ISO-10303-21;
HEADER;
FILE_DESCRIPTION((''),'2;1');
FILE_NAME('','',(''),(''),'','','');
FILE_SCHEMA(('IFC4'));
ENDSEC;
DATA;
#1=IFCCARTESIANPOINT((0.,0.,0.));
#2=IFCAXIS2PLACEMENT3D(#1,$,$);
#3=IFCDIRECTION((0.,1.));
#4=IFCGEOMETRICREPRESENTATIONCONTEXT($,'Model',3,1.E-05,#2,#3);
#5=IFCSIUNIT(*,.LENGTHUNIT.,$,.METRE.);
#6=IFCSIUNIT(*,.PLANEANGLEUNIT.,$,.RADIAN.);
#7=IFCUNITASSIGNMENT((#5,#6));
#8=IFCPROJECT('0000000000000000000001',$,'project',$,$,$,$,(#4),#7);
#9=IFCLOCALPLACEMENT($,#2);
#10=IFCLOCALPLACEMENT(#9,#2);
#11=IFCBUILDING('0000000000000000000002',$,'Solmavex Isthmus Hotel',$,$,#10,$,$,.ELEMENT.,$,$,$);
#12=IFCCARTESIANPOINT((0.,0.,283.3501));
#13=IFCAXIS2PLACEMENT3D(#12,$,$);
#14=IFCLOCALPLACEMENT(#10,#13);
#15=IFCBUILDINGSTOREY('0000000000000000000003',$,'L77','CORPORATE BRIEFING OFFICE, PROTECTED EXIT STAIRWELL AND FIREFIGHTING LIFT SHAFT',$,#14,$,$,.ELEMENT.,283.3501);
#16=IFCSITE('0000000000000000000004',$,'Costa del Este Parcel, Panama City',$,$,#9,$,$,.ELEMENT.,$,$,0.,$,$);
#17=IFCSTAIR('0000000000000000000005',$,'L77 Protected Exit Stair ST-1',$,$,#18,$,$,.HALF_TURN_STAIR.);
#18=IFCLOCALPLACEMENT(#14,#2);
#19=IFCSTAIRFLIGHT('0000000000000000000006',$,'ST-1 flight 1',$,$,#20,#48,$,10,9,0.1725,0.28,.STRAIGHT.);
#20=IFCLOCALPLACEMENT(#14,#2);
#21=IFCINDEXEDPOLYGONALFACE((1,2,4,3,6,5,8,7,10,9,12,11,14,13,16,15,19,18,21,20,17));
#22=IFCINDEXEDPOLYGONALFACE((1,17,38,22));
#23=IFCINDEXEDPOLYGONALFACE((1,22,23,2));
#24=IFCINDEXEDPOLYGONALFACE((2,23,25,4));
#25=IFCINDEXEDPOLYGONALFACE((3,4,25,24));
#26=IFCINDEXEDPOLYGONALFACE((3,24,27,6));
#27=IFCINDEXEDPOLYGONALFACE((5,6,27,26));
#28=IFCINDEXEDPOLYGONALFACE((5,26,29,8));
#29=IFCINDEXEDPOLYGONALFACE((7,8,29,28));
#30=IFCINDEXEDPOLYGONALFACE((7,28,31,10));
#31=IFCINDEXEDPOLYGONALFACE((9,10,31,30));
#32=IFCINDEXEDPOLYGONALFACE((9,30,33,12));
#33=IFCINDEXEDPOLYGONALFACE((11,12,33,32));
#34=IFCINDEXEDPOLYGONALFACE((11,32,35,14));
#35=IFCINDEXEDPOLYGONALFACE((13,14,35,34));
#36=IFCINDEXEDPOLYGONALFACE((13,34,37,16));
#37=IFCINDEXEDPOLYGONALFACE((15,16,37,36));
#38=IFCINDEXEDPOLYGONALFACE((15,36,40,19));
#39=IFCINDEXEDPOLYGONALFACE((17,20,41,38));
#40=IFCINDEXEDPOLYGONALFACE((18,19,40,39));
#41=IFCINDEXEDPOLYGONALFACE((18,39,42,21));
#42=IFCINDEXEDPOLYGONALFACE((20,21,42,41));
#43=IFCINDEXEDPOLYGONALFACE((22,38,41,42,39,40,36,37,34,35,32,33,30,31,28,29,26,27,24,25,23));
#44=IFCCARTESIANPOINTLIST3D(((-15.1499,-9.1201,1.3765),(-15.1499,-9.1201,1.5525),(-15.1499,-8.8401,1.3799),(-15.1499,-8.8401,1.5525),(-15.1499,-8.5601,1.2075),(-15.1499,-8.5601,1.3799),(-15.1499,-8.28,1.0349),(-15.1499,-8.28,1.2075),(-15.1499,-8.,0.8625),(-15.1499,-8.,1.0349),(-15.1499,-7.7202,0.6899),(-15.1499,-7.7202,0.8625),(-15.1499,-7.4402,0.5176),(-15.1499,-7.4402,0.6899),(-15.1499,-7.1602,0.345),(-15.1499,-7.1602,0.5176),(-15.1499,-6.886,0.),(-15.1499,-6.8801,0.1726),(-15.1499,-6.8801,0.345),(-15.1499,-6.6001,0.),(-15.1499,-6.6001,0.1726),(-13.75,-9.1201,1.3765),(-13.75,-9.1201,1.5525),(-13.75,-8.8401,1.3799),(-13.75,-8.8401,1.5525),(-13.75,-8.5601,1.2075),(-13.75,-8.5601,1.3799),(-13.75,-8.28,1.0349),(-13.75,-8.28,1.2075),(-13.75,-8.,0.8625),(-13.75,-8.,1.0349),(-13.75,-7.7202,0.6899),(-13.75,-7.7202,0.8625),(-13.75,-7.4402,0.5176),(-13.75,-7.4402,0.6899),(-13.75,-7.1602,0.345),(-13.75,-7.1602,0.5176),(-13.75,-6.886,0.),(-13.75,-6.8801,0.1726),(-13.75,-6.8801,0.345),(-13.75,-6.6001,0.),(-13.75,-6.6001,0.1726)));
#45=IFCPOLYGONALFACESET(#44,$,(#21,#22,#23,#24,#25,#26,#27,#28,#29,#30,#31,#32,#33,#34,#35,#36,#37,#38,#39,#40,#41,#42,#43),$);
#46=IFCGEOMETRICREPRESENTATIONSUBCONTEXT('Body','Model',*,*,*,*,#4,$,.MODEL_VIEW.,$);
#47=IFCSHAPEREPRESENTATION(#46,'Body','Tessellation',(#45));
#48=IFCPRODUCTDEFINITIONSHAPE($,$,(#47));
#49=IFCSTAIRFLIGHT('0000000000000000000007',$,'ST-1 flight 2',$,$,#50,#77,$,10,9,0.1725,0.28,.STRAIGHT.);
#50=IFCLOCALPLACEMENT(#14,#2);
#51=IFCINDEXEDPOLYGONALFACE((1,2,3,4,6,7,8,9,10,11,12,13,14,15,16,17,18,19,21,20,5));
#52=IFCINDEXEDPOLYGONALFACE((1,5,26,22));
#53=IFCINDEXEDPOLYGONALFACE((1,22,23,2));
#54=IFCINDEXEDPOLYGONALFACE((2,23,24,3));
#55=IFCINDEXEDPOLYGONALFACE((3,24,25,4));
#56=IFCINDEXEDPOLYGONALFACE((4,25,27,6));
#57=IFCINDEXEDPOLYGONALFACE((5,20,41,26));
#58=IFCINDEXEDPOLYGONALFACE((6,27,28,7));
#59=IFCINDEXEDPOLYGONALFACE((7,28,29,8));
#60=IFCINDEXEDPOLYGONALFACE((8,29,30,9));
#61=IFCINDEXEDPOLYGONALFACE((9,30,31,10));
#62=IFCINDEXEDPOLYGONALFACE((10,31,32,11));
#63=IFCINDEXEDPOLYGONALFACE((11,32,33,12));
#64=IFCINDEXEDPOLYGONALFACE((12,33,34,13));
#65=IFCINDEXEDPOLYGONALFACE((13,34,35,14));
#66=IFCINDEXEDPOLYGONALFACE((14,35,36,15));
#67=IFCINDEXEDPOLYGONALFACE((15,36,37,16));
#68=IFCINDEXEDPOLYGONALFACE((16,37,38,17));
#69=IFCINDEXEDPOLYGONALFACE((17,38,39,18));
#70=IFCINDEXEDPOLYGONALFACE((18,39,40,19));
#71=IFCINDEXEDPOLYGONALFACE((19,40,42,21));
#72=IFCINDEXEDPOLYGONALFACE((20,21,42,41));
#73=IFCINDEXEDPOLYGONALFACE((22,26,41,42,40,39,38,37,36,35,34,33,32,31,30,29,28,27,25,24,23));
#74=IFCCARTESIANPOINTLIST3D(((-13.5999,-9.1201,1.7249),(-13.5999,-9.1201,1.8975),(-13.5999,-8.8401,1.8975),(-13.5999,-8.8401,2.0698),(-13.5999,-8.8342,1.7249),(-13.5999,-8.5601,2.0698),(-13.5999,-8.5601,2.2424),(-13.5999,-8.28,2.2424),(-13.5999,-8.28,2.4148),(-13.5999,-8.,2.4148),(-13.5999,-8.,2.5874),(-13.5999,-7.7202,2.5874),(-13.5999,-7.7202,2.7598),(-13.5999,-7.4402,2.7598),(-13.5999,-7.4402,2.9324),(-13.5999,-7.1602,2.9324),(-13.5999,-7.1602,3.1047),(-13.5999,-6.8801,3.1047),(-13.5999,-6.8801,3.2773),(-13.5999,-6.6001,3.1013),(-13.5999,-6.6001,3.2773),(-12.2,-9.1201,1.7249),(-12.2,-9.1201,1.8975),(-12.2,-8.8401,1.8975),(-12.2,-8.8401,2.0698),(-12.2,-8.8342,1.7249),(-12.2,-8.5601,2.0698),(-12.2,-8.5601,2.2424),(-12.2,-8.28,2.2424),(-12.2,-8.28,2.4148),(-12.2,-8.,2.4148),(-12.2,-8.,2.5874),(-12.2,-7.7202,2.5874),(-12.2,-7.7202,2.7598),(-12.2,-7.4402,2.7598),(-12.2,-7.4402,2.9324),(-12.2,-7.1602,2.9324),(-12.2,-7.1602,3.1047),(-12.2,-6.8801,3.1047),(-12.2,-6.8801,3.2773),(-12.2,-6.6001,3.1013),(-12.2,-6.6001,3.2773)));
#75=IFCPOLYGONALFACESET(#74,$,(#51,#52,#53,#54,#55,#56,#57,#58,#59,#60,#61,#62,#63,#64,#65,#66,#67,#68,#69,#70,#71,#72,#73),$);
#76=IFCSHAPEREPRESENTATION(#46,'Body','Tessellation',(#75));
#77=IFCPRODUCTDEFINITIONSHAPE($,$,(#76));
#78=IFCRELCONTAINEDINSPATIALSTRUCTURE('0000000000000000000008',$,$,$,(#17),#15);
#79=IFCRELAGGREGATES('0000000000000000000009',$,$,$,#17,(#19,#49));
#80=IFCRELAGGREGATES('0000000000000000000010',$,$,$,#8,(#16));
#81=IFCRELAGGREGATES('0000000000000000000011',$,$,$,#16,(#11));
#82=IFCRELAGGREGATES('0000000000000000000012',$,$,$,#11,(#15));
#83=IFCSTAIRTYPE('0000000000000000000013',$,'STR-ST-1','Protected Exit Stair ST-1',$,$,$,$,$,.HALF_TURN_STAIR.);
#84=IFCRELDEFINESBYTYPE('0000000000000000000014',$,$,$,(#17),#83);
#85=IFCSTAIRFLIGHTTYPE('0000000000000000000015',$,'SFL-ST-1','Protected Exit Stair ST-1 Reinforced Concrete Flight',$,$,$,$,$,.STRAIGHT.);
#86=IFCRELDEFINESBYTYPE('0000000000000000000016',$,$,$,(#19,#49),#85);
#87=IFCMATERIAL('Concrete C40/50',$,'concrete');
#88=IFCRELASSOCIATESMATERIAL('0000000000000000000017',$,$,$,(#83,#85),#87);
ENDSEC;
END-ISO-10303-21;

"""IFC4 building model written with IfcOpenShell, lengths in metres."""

from ifc_helpers import new_model, si_unit, direction, frame, origin, place, context, subcontext, project, spatial, polyline, outline, extrude, material, type_object, element, aggregate, save


model = new_model("IFC4")

# Units and contexts
model_context = context("Model", 3, precision=1e-05, world=origin(), true_north=direction((0.0, 1.0)))
body_context = subcontext(model_context, "Body", "Model", "MODEL_VIEW")
ifc_project = project(units=[si_unit("LENGTHUNIT", "METRE"), si_unit("PLANEANGLEUNIT", "RADIAN")], contexts=[model_context])

# Site, building, storey
site_placement = place(None, origin())
site = spatial("IfcSite", under=ifc_project, at=site_placement, Name="Costa del Este Parcel, Panama City", CompositionType="ELEMENT", RefElevation=0.0)
building_placement = place(site_placement, origin())
building = spatial("IfcBuilding", under=site, at=building_placement, Name="Solmavex Isthmus Hotel", CompositionType="ELEMENT")
storey_placement = place(building_placement, frame((0.0, 0.0, 283.3501)))
storey = spatial("IfcBuildingStorey", under=building, at=storey_placement, Name="L77", Description="CORPORATE BRIEFING OFFICE, PROTECTED EXIT STAIRWELL AND FIREFIGHTING LIFT SHAFT", CompositionType="ELEMENT", Elevation=283.3501)

# Shared definitions
ifc_material_1 = material(Name="Concrete C40/50", Category="concrete")

# Stair, stair flights
stair_type = type_object("IfcStairType", Name="STR-ST-1", Description="Protected Exit Stair ST-1", PredefinedType="HALF_TURN_STAIR", material=ifc_material_1)
stair_placement = place(storey_placement, origin())
stair = element("IfcStair", 1, at=stair_placement, inside=storey, type_object=stair_type, Name="L77 Protected Exit Stair ST-1", PredefinedType="HALF_TURN_STAIR")
stair_flight_type = type_object("IfcStairFlightType", Name="SFL-ST-1", Description="Protected Exit Stair ST-1 Reinforced Concrete Flight", PredefinedType="STRAIGHT", material=ifc_material_1)
stair_flight_1_placement = place(storey_placement, frame((-14.45, -6.6001, 0.0), z_axis=(0.0, 0.0, 1.0), x_axis=(0.0, -1.0, 0.0)))
stair_flight_1 = element("IfcStairFlight", 2, at=stair_flight_1_placement, type_object=stair_flight_type, Name="ST-1 flight 1", NumberOfRisers=10, NumberOfTreads=9, PredefinedType="STRAIGHT", RiserHeight=0.1725, TreadLength=0.28, context=body_context, shape_type="SweptSolid", body=[
    extrude(outline(polyline([(0.0, 0.0), (0.0, 0.1726), (0.28, 0.1726), (0.28, 0.345), (0.5601, 0.345), (0.5601, 0.5176), (0.8401, 0.5176), (0.8401, 0.6899), (1.1201, 0.6899), (1.1201, 0.8625), (1.3999, 0.8625), (1.3999, 1.0349), (1.6799, 1.0349), (1.6799, 1.2075), (1.96, 1.2075), (1.96, 1.3799), (2.24, 1.3799), (2.24, 1.5525), (2.52, 1.5525), (2.52, 1.7251), (2.52, 1.3765), (0.2859, 0.0), (0.0, 0.0)])), frame((0.0, 0.7, 0.0), z_axis=(0.0, -1.0, 0.0), x_axis=(1.0, 0.0, 0.0)), (0.0, 0.0, 1.0), 1.3999),
])
stair_flight_2_placement = place(storey_placement, frame((-12.8999, -9.1201, 1.7249), z_axis=(0.0, 0.0, 1.0), x_axis=(0.0, 1.0, 0.0)))
stair_flight_2 = element("IfcStairFlight", 3, at=stair_flight_2_placement, type_object=stair_flight_type, Name="ST-1 flight 2", NumberOfRisers=10, NumberOfTreads=9, PredefinedType="STRAIGHT", RiserHeight=0.1725, TreadLength=0.28, context=body_context, shape_type="SweptSolid", body=[
    extrude(outline(polyline([(0.0, 0.0), (0.0, 0.1726), (0.28, 0.1726), (0.28, 0.345), (0.5601, 0.345), (0.5601, 0.5176), (0.8401, 0.5176), (0.8401, 0.6899), (1.1201, 0.6899), (1.1201, 0.8625), (1.3999, 0.8625), (1.3999, 1.0349), (1.6799, 1.0349), (1.6799, 1.2075), (1.96, 1.2075), (1.96, 1.3799), (2.24, 1.3799), (2.24, 1.5525), (2.52, 1.5525), (2.52, 1.7251), (2.52, 1.3765), (0.2859, 0.0), (0.0, 0.0)])), frame((0.0, 0.7, 0.0), z_axis=(0.0, -1.0, 0.0), x_axis=(1.0, 0.0, 0.0)), (0.0, 0.0, 1.0), 1.3999),
])
aggregate(stair, [stair_flight_1, stair_flight_2])

save(model, "model.ifc")
